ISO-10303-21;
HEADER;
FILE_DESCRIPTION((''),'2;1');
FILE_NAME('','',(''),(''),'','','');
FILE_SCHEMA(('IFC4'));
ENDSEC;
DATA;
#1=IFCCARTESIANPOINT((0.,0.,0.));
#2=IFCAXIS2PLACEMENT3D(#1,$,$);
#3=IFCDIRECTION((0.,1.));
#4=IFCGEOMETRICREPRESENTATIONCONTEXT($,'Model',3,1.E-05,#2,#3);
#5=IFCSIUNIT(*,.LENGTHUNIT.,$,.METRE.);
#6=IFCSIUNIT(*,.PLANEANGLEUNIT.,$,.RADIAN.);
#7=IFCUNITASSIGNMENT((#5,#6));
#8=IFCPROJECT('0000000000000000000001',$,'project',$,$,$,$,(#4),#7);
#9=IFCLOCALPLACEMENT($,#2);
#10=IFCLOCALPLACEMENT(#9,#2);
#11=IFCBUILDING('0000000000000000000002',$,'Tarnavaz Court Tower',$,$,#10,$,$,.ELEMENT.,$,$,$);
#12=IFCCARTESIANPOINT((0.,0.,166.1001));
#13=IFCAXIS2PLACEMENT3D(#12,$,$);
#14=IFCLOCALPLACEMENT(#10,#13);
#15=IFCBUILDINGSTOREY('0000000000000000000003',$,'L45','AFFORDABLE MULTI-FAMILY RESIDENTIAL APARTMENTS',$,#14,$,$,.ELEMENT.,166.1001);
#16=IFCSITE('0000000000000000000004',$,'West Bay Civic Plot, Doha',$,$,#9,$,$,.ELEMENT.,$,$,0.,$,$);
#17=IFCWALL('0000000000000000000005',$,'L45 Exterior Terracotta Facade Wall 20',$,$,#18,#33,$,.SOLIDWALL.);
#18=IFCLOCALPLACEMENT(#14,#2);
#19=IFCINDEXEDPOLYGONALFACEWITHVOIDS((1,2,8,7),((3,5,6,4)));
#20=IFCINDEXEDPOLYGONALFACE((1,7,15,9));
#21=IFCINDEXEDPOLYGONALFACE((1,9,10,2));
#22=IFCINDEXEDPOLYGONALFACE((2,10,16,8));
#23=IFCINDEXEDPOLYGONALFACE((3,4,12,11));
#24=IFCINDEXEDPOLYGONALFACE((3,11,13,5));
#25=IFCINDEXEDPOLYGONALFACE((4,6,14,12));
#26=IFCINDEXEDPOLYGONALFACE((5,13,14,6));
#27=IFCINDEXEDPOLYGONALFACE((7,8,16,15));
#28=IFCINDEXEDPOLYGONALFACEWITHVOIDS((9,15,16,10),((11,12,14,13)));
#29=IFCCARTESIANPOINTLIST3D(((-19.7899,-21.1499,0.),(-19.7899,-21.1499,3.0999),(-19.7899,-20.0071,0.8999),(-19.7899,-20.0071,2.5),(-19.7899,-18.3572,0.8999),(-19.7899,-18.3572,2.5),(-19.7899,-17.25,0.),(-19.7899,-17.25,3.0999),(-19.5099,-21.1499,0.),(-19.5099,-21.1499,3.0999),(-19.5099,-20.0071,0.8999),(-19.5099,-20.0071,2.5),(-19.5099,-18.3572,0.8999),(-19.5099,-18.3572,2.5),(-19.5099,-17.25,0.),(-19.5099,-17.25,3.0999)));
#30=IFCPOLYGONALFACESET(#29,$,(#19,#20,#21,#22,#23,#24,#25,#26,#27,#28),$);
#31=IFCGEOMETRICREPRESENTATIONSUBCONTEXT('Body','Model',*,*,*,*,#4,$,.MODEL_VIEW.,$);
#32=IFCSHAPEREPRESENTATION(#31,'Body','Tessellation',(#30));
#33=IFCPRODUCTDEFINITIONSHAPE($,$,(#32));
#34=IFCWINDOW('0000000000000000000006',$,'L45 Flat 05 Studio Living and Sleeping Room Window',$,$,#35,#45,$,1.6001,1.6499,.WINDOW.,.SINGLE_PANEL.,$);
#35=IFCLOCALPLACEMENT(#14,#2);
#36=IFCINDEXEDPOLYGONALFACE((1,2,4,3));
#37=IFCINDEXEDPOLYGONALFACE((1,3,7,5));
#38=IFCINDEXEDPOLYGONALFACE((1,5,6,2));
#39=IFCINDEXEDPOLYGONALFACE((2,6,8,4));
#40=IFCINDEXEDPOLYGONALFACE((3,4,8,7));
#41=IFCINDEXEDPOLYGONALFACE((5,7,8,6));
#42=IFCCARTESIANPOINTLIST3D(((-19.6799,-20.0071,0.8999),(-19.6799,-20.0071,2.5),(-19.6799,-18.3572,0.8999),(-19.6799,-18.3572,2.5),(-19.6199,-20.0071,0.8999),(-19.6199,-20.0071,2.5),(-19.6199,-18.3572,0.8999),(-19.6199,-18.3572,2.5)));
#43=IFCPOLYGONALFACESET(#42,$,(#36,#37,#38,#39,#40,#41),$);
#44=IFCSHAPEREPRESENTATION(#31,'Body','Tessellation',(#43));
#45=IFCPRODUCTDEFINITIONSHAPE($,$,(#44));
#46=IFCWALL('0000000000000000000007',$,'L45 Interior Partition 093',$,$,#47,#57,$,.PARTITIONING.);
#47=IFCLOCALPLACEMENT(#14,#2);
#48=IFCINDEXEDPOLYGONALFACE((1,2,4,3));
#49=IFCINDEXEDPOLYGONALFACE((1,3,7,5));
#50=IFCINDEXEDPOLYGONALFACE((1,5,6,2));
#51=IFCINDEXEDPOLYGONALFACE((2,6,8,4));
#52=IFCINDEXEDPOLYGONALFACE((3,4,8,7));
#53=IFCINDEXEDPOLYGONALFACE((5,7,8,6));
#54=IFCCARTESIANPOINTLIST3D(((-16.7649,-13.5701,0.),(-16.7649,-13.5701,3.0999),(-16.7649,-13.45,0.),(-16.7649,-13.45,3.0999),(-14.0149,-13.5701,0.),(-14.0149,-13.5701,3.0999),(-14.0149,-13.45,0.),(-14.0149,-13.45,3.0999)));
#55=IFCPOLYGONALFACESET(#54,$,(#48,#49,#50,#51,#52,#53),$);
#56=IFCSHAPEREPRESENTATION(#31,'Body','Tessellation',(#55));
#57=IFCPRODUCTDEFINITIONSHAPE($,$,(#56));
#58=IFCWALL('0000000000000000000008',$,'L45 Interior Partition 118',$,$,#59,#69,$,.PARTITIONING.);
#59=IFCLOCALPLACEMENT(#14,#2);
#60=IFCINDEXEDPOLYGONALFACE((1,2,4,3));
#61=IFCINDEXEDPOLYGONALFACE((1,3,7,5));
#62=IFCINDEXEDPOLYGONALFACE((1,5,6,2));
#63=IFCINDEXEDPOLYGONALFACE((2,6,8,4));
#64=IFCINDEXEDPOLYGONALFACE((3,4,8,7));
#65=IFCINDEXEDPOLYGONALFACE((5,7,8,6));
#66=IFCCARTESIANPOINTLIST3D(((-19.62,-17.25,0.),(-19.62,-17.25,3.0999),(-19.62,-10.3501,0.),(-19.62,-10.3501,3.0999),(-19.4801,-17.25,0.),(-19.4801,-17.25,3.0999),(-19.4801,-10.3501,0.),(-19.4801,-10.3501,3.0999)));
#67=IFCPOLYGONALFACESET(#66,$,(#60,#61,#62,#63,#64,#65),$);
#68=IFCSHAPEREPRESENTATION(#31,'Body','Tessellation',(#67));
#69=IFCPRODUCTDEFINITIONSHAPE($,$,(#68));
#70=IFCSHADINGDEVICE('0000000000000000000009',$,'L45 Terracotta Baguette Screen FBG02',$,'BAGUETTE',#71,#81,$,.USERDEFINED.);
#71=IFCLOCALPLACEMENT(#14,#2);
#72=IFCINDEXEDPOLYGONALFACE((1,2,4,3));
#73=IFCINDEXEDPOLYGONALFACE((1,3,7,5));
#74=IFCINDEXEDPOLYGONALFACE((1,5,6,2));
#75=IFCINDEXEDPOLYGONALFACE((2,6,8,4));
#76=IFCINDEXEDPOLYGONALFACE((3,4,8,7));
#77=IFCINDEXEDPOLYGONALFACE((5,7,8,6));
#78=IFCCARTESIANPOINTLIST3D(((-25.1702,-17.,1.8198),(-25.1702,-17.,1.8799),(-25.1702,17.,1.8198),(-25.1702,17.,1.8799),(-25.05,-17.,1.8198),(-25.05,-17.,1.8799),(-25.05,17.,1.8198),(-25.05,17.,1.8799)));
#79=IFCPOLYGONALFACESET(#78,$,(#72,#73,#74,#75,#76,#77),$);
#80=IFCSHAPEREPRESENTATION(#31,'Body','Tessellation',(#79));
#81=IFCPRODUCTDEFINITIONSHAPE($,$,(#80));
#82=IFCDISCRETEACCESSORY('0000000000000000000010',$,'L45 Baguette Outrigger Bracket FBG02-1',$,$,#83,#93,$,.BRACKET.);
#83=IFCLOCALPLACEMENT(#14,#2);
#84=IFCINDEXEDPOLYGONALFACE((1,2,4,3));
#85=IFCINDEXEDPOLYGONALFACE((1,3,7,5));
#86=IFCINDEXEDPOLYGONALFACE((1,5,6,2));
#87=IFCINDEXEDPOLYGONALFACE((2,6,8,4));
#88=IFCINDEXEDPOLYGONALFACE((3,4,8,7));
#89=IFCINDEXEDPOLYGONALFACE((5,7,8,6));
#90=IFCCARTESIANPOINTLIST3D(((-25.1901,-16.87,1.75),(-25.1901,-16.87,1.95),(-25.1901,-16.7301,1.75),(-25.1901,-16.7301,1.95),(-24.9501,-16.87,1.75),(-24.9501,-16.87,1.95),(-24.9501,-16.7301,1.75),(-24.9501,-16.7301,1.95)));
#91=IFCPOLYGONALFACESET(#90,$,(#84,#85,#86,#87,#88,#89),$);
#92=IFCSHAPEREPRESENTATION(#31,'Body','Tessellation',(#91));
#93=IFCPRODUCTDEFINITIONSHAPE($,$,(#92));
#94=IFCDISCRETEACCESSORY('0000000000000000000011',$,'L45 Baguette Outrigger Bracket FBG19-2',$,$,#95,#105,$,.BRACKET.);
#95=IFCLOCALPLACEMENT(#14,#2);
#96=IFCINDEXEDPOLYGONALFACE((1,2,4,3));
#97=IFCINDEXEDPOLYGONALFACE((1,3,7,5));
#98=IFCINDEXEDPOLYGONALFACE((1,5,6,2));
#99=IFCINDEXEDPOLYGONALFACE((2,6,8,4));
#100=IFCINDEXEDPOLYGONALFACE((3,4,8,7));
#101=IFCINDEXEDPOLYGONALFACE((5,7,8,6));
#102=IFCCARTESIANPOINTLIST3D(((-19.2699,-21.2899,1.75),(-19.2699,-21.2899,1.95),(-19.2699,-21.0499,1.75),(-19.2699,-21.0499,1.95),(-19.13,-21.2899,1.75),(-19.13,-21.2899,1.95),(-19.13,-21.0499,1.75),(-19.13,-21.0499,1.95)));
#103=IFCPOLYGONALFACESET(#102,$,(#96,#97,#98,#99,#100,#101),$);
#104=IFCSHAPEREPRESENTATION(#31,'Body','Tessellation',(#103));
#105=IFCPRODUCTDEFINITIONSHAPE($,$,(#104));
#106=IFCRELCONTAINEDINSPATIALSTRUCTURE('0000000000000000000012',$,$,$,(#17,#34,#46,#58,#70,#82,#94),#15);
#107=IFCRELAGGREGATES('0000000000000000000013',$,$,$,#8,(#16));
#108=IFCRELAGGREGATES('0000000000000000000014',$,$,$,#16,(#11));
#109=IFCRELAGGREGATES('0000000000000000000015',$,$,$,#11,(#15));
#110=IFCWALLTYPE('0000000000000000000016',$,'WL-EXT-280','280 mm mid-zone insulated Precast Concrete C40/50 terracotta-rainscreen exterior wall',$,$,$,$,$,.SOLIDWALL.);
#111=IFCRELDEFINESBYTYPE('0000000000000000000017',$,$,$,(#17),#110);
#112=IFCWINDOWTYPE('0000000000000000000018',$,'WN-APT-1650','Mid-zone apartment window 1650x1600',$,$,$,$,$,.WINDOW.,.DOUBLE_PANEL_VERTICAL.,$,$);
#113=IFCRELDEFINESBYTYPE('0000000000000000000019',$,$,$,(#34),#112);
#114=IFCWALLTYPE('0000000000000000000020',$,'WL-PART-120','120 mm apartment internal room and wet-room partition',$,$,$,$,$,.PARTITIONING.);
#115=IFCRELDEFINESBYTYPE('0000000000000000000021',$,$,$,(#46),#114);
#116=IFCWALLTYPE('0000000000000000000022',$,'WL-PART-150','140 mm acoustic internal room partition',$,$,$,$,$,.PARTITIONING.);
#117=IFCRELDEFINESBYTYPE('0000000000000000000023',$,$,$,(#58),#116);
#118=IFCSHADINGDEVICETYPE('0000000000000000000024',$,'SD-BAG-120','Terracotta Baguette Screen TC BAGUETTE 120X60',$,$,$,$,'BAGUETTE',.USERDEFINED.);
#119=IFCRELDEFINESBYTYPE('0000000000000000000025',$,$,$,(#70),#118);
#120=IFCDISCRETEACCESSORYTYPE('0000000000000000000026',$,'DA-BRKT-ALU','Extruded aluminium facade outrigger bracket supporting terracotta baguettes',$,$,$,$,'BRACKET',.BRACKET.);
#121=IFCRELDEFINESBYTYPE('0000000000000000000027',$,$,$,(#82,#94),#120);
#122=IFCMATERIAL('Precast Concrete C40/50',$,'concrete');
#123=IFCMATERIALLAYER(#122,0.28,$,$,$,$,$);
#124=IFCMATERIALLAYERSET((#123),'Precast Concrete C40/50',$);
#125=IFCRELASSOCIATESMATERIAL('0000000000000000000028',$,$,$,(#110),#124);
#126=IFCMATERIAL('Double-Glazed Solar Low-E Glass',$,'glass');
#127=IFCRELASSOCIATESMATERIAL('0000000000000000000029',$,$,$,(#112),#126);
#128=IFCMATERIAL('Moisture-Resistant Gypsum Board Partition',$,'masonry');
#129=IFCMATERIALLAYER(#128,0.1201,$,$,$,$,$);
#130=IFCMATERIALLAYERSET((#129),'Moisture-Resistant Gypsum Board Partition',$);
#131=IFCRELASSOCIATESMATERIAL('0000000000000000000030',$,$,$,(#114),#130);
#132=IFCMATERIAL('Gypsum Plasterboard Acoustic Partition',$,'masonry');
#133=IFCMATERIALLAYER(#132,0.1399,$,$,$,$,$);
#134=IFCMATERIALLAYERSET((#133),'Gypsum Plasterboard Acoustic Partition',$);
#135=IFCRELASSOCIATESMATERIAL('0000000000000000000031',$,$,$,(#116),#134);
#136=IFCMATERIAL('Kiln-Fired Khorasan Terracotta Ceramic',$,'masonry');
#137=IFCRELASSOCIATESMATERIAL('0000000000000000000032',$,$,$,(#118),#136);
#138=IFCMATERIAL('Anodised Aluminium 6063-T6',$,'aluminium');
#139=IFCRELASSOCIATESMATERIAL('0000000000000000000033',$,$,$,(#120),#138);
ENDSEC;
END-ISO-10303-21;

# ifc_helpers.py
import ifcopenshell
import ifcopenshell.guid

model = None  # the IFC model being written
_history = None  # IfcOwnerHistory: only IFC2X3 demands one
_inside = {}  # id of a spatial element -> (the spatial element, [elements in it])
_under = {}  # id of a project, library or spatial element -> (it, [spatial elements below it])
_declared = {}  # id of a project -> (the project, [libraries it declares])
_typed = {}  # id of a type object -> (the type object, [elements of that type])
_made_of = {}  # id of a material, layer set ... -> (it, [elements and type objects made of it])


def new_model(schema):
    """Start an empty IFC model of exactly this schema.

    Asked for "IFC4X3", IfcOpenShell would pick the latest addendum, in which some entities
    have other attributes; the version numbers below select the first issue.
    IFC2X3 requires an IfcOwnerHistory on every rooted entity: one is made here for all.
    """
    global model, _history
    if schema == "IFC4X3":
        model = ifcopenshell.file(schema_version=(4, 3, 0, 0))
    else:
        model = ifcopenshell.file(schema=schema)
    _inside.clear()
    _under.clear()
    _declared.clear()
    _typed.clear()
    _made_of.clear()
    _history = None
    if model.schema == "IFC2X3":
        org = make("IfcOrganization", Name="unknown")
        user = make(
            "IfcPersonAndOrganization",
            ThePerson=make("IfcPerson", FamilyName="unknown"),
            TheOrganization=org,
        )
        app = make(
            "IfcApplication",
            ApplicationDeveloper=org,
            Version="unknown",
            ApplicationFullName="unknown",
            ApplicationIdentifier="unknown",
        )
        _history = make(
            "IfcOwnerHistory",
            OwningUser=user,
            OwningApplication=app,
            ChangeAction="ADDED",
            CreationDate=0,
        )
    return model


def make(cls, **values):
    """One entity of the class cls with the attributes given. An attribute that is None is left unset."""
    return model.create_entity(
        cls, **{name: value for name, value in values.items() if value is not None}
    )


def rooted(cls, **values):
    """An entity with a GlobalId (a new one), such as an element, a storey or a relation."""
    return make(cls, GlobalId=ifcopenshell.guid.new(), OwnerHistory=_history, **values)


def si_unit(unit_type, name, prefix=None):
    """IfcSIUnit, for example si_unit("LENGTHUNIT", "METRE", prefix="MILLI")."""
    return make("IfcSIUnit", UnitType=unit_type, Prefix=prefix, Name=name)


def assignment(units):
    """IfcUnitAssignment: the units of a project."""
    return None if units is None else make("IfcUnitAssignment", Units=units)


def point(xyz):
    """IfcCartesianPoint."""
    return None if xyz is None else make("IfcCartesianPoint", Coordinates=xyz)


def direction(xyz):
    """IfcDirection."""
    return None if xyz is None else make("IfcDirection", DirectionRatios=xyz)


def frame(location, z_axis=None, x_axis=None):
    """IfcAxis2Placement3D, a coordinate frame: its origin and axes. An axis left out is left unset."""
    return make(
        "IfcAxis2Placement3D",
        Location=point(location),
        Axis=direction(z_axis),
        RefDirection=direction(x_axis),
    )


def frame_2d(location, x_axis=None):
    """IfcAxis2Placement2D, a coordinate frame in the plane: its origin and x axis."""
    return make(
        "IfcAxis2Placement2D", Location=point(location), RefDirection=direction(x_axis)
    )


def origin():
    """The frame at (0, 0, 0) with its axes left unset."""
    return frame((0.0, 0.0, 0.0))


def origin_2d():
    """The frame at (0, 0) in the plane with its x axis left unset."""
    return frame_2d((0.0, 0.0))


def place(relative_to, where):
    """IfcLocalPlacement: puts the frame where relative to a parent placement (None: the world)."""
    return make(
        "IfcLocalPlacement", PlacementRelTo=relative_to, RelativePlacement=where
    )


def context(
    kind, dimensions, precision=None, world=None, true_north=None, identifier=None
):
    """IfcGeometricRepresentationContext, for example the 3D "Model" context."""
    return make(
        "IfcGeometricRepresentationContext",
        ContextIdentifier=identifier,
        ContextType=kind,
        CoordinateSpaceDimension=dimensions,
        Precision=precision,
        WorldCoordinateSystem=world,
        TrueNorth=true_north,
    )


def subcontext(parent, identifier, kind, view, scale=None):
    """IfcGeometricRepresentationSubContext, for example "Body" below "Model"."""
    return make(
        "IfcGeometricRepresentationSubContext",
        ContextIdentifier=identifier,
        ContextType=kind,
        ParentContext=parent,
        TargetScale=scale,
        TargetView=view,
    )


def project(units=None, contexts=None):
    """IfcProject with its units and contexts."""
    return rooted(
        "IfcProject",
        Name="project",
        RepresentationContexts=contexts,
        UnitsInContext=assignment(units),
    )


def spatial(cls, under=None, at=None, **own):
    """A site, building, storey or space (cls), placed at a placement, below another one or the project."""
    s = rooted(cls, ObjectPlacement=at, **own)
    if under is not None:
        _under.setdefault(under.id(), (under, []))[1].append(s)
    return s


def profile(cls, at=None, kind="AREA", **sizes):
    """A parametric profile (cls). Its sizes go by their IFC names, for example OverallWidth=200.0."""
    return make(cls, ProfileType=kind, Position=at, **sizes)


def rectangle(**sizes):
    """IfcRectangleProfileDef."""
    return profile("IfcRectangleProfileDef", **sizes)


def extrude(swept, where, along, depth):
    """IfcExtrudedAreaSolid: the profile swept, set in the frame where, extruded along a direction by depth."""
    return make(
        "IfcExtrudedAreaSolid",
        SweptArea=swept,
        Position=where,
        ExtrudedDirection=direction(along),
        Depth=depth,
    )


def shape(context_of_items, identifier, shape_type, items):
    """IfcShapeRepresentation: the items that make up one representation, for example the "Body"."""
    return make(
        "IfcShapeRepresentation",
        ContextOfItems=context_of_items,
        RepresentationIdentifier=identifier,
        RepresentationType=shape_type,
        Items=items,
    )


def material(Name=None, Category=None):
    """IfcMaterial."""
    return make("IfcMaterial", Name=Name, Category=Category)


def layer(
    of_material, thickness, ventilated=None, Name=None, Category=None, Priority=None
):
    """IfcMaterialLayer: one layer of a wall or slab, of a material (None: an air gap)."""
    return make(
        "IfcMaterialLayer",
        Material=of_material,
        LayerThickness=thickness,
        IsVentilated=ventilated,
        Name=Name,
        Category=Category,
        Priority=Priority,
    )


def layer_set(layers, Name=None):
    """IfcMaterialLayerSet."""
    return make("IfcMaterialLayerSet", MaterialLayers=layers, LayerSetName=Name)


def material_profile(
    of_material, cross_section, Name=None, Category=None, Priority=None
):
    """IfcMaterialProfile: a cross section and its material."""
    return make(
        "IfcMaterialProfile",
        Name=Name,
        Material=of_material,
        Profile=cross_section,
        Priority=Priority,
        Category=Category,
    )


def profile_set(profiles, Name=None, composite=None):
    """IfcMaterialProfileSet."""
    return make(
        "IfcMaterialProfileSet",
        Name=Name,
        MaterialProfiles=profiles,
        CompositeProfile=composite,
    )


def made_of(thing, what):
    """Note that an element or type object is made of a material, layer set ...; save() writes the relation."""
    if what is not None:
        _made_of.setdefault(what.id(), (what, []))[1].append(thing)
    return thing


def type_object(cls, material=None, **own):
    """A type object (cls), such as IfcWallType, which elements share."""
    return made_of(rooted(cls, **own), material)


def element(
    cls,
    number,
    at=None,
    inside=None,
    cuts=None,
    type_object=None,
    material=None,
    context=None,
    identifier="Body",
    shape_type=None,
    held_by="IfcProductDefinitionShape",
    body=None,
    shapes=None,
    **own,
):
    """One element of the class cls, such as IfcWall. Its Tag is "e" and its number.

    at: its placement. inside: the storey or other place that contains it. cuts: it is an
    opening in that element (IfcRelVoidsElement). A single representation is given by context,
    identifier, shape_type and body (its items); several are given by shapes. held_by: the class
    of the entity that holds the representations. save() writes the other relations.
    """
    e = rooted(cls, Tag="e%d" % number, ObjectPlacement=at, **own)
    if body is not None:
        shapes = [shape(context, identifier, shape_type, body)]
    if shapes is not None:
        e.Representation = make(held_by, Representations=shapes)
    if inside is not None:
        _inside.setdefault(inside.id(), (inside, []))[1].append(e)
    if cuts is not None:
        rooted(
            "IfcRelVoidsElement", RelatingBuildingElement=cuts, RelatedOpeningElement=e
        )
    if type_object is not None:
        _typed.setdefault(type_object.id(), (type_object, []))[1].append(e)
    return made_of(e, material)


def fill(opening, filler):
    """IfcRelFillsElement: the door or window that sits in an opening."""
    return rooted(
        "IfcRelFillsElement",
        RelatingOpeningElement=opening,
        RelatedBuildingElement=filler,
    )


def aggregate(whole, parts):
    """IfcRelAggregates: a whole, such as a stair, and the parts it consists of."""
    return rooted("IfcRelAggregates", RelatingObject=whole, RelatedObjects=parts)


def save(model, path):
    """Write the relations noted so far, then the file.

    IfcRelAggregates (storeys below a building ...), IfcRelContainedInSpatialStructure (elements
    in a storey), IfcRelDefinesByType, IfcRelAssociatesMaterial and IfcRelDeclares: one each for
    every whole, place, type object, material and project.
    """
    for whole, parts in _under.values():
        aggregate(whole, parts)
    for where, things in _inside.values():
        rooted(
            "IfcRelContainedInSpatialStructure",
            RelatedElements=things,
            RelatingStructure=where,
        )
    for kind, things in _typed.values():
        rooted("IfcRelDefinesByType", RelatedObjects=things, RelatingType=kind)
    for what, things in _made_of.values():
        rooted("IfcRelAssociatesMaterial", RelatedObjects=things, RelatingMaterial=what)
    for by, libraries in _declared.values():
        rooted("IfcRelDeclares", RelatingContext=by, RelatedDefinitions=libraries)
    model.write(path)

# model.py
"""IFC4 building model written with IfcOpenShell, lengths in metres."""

from ifc_helpers import new_model, si_unit, direction, frame, frame_2d, origin, origin_2d, place, context, subcontext, project, spatial, rectangle, extrude, material, layer, layer_set, material_profile, profile_set, type_object, element, fill, save


model = new_model("IFC4")

# Units and contexts
model_context = context("Model", 3, precision=1e-05, world=origin(), true_north=direction((0.0, 1.0)))
body_context = subcontext(model_context, "Body", "Model", "MODEL_VIEW")
ifc_project = project(units=[si_unit("LENGTHUNIT", "METRE"), si_unit("PLANEANGLEUNIT", "RADIAN")], contexts=[model_context])

# Site, building, storey
site_placement = place(None, origin())
site = spatial("IfcSite", under=ifc_project, at=site_placement, Name="West Bay Civic Plot, Doha", CompositionType="ELEMENT", RefElevation=0.0)
building_placement = place(site_placement, origin())
building = spatial("IfcBuilding", under=site, at=building_placement, Name="Tarnavaz Court Tower", CompositionType="ELEMENT")
storey_placement = place(building_placement, frame((0.0, 0.0, 166.1001)))
storey = spatial("IfcBuildingStorey", under=building, at=storey_placement, Name="L45", Description="AFFORDABLE MULTI-FAMILY RESIDENTIAL APARTMENTS", CompositionType="ELEMENT", Elevation=166.1001)

# Shared definitions
ifc_material_1 = material(Name="Precast Concrete C40/50", Category="concrete")
ifc_layer_1 = layer(ifc_material_1, 0.28)
ifc_layer_set_1 = layer_set([ifc_layer_1], Name="Precast Concrete C40/50")
wall_type_1 = type_object("IfcWallType", Name="WL-EXT-280", Description="280 mm mid-zone insulated Precast Concrete C40/50 terracotta-rainscreen exterior wall", PredefinedType="SOLIDWALL", material=ifc_layer_set_1)
ifc_material_2 = material(Name="Double-Glazed Solar Low-E Glass", Category="glass")

# Shared definitions
window_type_1 = type_object("IfcWindowType", Name="WN-APT-1650", Description="Mid-zone apartment window 1650x1600", PartitioningType="DOUBLE_PANEL_VERTICAL", PredefinedType="WINDOW", material=ifc_material_2)

# Wall, opening, window
wall_1_placement = place(storey_placement, frame((-19.6499, -21.1499, 0.0), z_axis=(0.0, 0.0, 1.0), x_axis=(0.0, 1.0, 0.0)))
wall_1 = element("IfcWall", 1, at=wall_1_placement, inside=storey, type_object=wall_type_1, Name="L45 Exterior Terracotta Facade Wall 20", PredefinedType="SOLIDWALL", context=body_context, shape_type="SweptSolid", body=[
    extrude(rectangle(XDim=3.8999, YDim=0.28, at=frame_2d((1.95, 0.0))), origin(), (0.0, 0.0, 1.0), 3.0999),
])
opening_1_placement = place(wall_1_placement, frame((1.1428, 0.0, 0.8999)))
opening_1 = element("IfcOpeningElement", 2, at=opening_1_placement, cuts=wall_1, PredefinedType="OPENING", context=body_context, shape_type="SweptSolid", body=[
    extrude(rectangle(XDim=1.6499, YDim=1.6001, at=frame_2d((0.825, 0.8))), frame((0.0, 0.1499, 0.0), z_axis=(0.0, -1.0, 0.0), x_axis=(1.0, 0.0, 0.0)), (0.0, 0.0, 1.0), 0.3),
])
window_1_placement = place(opening_1_placement, origin())
window_1 = element("IfcWindow", 3, at=window_1_placement, inside=storey, type_object=window_type_1, Name="L45 Flat 05 Studio Living and Sleeping Room Window", OverallHeight=1.6001, OverallWidth=1.6499, PartitioningType="SINGLE_PANEL", PredefinedType="WINDOW", context=body_context, shape_type="SweptSolid", body=[
    extrude(rectangle(XDim=1.6499, YDim=1.6001, at=frame_2d((0.825, 0.8))), frame((0.0, 0.03, 0.0), z_axis=(0.0, -1.0, 0.0), x_axis=(1.0, 0.0, 0.0)), (0.0, 0.0, 1.0), 0.0601),
])
fill(opening_1, window_1)

# Walls
ifc_material_3 = material(Name="Moisture-Resistant Gypsum Board Partition", Category="masonry")
ifc_layer_2 = layer(ifc_material_3, 0.1201)
ifc_layer_set_2 = layer_set([ifc_layer_2], Name="Moisture-Resistant Gypsum Board Partition")
wall_type_2 = type_object("IfcWallType", Name="WL-PART-120", Description="120 mm apartment internal room and wet-room partition", PredefinedType="PARTITIONING", material=ifc_layer_set_2)
wall_2_placement = place(storey_placement, frame((-16.7649, -13.51, 0.0), z_axis=(0.0, 0.0, 1.0), x_axis=(1.0, 0.0, 0.0)))
element("IfcWall", 4, at=wall_2_placement, inside=storey, type_object=wall_type_2, Name="L45 Interior Partition 093", PredefinedType="PARTITIONING", context=body_context, shape_type="SweptSolid", body=[
    extrude(rectangle(XDim=2.75, YDim=0.1201, at=frame_2d((1.375, 0.0))), origin(), (0.0, 0.0, 1.0), 3.0999),
])
ifc_material_4 = material(Name="Gypsum Plasterboard Acoustic Partition", Category="masonry")
ifc_layer_3 = layer(ifc_material_4, 0.1399)
ifc_layer_set_3 = layer_set([ifc_layer_3], Name="Gypsum Plasterboard Acoustic Partition")
wall_type_3 = type_object("IfcWallType", Name="WL-PART-150", Description="140 mm acoustic internal room partition", PredefinedType="PARTITIONING", material=ifc_layer_set_3)
wall_3_placement = place(storey_placement, frame((-19.55, -17.25, 0.0), z_axis=(0.0, 0.0, 1.0), x_axis=(0.0, 1.0, 0.0)))
element("IfcWall", 5, at=wall_3_placement, inside=storey, type_object=wall_type_3, Name="L45 Interior Partition 118", PredefinedType="PARTITIONING", context=body_context, shape_type="SweptSolid", body=[
    extrude(rectangle(XDim=6.8999, YDim=0.1399, at=frame_2d((3.45, 0.0))), origin(), (0.0, 0.0, 1.0), 3.0999),
])

# Shading device
ifc_material_5 = material(Name="Kiln-Fired Khorasan Terracotta Ceramic", Category="masonry")
ifc_material_profile_1 = material_profile(ifc_material_5, rectangle(XDim=0.1201, YDim=0.0601, at=origin_2d()), Name="TC BAGUETTE 120X60")
ifc_profile_set_1 = profile_set([ifc_material_profile_1], Name="Kiln-Fired Khorasan Terracotta Ceramic")
shading_device_type = type_object("IfcShadingDeviceType", Name="SD-BAG-120", Description="Terracotta Baguette Screen TC BAGUETTE 120X60", ElementType="BAGUETTE", PredefinedType="USERDEFINED", material=ifc_profile_set_1)
shading_device_placement = place(storey_placement, frame((-25.1101, -17.0, 1.8499), z_axis=(0.0, 1.0, 0.0), x_axis=(-1.0, 0.0, 0.0)))
element("IfcShadingDevice", 6, at=shading_device_placement, inside=storey, type_object=shading_device_type, Name="L45 Terracotta Baguette Screen FBG02", ObjectType="BAGUETTE", PredefinedType="USERDEFINED", context=body_context, shape_type="SweptSolid", body=[
    extrude(rectangle(XDim=0.1201, YDim=0.0601, at=origin_2d()), origin(), (0.0, 0.0, 1.0), 34.0),
])

# Discrete accessories
ifc_material_6 = material(Name="Anodised Aluminium 6063-T6", Category="aluminium")
discrete_accessory_type = type_object("IfcDiscreteAccessoryType", Name="DA-BRKT-ALU", Description="Extruded aluminium facade outrigger bracket supporting terracotta baguettes", ElementType="BRACKET", PredefinedType="BRACKET", material=ifc_material_6)
for number, where, z_axis, x_axis, name in (
    (7, (-25.0701, -16.8, 1.75), (0.0, 0.0, 1.0), (0.0, 1.0, 0.0), "L45 Baguette Outrigger Bracket FBG02-1"),
    (8, (-19.2, -21.1699, 1.75), (0.0, 0.0, 1.0), (-1.0, 0.0, 0.0), "L45 Baguette Outrigger Bracket FBG19-2"),
):
    element("IfcDiscreteAccessory", number, at=place(storey_placement, frame(where, z_axis=z_axis, x_axis=x_axis)), inside=storey, type_object=discrete_accessory_type, Name=name, PredefinedType="BRACKET", context=body_context, shape_type="SweptSolid", body=[
        extrude(rectangle(XDim=0.1399, YDim=0.24, at=origin_2d()), origin(), (0.0, 0.0, 1.0), 0.2),
    ])

save(model, "model.ifc")
